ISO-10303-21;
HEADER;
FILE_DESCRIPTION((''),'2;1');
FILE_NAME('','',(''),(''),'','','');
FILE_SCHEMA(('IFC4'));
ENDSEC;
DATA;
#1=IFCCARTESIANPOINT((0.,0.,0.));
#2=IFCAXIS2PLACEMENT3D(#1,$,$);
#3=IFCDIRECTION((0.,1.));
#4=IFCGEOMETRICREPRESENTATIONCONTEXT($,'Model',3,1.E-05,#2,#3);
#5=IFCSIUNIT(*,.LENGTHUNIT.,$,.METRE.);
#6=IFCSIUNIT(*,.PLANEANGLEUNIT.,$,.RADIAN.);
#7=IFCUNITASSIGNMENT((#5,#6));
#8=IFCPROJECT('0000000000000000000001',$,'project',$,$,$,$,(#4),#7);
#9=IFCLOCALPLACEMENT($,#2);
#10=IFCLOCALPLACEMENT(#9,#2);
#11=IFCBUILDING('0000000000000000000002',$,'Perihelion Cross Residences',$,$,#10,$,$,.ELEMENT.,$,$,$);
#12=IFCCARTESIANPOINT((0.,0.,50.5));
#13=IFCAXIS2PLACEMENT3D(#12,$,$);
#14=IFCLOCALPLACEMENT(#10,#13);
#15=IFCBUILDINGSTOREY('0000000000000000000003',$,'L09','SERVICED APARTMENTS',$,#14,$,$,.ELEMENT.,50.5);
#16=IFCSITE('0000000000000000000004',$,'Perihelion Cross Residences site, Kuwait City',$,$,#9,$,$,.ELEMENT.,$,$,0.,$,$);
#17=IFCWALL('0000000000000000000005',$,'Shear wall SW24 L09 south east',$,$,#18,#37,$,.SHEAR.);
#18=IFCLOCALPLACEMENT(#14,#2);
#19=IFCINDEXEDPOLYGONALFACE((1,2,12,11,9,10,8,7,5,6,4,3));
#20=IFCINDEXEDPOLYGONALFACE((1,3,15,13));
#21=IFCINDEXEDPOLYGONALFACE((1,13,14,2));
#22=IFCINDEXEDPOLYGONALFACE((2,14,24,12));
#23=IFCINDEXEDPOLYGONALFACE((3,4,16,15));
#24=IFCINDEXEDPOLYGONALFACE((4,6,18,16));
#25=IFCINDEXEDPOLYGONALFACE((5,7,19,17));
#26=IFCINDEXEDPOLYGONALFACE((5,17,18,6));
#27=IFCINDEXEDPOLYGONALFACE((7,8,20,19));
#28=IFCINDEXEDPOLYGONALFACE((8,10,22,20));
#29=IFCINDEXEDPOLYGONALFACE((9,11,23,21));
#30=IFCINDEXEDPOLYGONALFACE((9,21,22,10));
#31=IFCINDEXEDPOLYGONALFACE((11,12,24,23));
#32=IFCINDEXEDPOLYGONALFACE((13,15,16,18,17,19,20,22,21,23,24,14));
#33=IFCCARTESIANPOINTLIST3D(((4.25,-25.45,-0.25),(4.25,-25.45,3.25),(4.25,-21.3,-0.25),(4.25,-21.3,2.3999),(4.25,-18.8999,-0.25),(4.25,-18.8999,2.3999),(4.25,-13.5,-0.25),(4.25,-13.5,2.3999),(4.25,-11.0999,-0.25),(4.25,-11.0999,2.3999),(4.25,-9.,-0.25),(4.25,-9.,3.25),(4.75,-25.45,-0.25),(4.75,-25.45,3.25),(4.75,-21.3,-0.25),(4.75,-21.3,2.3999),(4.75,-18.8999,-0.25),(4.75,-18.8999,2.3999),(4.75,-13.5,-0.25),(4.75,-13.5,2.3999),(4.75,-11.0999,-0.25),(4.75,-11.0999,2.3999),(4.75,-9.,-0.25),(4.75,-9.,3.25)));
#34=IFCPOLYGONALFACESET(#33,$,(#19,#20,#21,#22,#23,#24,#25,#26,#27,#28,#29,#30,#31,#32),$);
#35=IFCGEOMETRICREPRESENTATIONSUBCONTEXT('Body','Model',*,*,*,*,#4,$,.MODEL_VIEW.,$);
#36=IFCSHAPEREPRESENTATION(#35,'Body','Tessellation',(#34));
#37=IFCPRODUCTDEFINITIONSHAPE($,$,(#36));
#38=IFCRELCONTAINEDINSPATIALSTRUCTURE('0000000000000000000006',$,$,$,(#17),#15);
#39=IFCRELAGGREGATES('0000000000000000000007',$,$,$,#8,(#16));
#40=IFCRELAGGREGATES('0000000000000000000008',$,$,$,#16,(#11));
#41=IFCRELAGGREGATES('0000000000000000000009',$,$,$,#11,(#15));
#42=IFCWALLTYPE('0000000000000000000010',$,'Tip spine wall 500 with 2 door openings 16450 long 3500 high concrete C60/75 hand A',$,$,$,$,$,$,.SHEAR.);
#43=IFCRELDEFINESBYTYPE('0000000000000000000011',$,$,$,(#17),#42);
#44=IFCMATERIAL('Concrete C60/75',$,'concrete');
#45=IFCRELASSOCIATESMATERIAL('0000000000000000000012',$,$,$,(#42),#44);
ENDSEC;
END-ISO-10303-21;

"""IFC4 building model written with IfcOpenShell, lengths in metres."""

from ifc_helpers import new_model, si_unit, direction, frame, origin, place, context, subcontext, project, spatial, polyline, outline, extrude, material, material_profile, profile_set, type_object, element, save


model = new_model("IFC4")

# Units and contexts
model_context = context("Model", 3, precision=1e-05, world=origin(), true_north=direction((0.0, 1.0)))
body_context = subcontext(model_context, "Body", "Model", "MODEL_VIEW")
ifc_project = project(units=[si_unit("LENGTHUNIT", "METRE"), si_unit("PLANEANGLEUNIT", "RADIAN")], contexts=[model_context])

# Site, building, storey
site_placement = place(None, origin())
site = spatial("IfcSite", under=ifc_project, at=site_placement, Name="Perihelion Cross Residences site, Kuwait City", CompositionType="ELEMENT", RefElevation=0.0)
building_placement = place(site_placement, origin())
building = spatial("IfcBuilding", under=site, at=building_placement, Name="Perihelion Cross Residences", CompositionType="ELEMENT")
storey_placement = place(building_placement, frame((0.0, 0.0, 50.5)))
storey = spatial("IfcBuildingStorey", under=building, at=storey_placement, Name="L09", Description="SERVICED APARTMENTS", CompositionType="ELEMENT", Elevation=50.5)

# Wall
ifc_material_1 = material(Name="Concrete C60/75", Category="concrete")
ifc_material_profile_1 = material_profile(ifc_material_1, outline(polyline([(0.0, 0.0), (4.1499, 0.0), (4.1499, 2.6499), (6.55, 2.6499), (6.55, 0.0), (11.95, 0.0), (11.95, 2.6499), (14.3501, 2.6499), (14.3501, 0.0), (16.45, 0.0), (16.45, 3.5), (0.0, 3.5), (0.0, 0.0)])), Name="Tip spine wall")
ifc_profile_set_1 = profile_set([ifc_material_profile_1], Name="Concrete C60/75")
wall_type_1 = type_object("IfcWallType", Name="Tip spine wall 500 with 2 door openings 16450 long 3500 high concrete C60/75 hand A", PredefinedType="SHEAR", material=ifc_profile_set_1)
wall_1_placement = place(storey_placement, frame((4.25, -25.45, -0.25), z_axis=(1.0, 0.0, 0.0), x_axis=(0.0, 1.0, 0.0)))
element("IfcWall", 1, at=wall_1_placement, inside=storey, type_object=wall_type_1, Name="Shear wall SW24 L09 south east", PredefinedType="SHEAR", context=body_context, shape_type="SweptSolid", body=[
    extrude(outline(polyline([(0.0, 0.0), (4.1499, 0.0), (4.1499, 2.6499), (6.55, 2.6499), (6.55, 0.0), (11.95, 0.0), (11.95, 2.6499), (14.3501, 2.6499), (14.3501, 0.0), (16.45, 0.0), (16.45, 3.5), (0.0, 3.5), (0.0, 0.0)])), origin(), (0.0, 0.0, 1.0), 0.5),
])

save(model, "model.ifc")
